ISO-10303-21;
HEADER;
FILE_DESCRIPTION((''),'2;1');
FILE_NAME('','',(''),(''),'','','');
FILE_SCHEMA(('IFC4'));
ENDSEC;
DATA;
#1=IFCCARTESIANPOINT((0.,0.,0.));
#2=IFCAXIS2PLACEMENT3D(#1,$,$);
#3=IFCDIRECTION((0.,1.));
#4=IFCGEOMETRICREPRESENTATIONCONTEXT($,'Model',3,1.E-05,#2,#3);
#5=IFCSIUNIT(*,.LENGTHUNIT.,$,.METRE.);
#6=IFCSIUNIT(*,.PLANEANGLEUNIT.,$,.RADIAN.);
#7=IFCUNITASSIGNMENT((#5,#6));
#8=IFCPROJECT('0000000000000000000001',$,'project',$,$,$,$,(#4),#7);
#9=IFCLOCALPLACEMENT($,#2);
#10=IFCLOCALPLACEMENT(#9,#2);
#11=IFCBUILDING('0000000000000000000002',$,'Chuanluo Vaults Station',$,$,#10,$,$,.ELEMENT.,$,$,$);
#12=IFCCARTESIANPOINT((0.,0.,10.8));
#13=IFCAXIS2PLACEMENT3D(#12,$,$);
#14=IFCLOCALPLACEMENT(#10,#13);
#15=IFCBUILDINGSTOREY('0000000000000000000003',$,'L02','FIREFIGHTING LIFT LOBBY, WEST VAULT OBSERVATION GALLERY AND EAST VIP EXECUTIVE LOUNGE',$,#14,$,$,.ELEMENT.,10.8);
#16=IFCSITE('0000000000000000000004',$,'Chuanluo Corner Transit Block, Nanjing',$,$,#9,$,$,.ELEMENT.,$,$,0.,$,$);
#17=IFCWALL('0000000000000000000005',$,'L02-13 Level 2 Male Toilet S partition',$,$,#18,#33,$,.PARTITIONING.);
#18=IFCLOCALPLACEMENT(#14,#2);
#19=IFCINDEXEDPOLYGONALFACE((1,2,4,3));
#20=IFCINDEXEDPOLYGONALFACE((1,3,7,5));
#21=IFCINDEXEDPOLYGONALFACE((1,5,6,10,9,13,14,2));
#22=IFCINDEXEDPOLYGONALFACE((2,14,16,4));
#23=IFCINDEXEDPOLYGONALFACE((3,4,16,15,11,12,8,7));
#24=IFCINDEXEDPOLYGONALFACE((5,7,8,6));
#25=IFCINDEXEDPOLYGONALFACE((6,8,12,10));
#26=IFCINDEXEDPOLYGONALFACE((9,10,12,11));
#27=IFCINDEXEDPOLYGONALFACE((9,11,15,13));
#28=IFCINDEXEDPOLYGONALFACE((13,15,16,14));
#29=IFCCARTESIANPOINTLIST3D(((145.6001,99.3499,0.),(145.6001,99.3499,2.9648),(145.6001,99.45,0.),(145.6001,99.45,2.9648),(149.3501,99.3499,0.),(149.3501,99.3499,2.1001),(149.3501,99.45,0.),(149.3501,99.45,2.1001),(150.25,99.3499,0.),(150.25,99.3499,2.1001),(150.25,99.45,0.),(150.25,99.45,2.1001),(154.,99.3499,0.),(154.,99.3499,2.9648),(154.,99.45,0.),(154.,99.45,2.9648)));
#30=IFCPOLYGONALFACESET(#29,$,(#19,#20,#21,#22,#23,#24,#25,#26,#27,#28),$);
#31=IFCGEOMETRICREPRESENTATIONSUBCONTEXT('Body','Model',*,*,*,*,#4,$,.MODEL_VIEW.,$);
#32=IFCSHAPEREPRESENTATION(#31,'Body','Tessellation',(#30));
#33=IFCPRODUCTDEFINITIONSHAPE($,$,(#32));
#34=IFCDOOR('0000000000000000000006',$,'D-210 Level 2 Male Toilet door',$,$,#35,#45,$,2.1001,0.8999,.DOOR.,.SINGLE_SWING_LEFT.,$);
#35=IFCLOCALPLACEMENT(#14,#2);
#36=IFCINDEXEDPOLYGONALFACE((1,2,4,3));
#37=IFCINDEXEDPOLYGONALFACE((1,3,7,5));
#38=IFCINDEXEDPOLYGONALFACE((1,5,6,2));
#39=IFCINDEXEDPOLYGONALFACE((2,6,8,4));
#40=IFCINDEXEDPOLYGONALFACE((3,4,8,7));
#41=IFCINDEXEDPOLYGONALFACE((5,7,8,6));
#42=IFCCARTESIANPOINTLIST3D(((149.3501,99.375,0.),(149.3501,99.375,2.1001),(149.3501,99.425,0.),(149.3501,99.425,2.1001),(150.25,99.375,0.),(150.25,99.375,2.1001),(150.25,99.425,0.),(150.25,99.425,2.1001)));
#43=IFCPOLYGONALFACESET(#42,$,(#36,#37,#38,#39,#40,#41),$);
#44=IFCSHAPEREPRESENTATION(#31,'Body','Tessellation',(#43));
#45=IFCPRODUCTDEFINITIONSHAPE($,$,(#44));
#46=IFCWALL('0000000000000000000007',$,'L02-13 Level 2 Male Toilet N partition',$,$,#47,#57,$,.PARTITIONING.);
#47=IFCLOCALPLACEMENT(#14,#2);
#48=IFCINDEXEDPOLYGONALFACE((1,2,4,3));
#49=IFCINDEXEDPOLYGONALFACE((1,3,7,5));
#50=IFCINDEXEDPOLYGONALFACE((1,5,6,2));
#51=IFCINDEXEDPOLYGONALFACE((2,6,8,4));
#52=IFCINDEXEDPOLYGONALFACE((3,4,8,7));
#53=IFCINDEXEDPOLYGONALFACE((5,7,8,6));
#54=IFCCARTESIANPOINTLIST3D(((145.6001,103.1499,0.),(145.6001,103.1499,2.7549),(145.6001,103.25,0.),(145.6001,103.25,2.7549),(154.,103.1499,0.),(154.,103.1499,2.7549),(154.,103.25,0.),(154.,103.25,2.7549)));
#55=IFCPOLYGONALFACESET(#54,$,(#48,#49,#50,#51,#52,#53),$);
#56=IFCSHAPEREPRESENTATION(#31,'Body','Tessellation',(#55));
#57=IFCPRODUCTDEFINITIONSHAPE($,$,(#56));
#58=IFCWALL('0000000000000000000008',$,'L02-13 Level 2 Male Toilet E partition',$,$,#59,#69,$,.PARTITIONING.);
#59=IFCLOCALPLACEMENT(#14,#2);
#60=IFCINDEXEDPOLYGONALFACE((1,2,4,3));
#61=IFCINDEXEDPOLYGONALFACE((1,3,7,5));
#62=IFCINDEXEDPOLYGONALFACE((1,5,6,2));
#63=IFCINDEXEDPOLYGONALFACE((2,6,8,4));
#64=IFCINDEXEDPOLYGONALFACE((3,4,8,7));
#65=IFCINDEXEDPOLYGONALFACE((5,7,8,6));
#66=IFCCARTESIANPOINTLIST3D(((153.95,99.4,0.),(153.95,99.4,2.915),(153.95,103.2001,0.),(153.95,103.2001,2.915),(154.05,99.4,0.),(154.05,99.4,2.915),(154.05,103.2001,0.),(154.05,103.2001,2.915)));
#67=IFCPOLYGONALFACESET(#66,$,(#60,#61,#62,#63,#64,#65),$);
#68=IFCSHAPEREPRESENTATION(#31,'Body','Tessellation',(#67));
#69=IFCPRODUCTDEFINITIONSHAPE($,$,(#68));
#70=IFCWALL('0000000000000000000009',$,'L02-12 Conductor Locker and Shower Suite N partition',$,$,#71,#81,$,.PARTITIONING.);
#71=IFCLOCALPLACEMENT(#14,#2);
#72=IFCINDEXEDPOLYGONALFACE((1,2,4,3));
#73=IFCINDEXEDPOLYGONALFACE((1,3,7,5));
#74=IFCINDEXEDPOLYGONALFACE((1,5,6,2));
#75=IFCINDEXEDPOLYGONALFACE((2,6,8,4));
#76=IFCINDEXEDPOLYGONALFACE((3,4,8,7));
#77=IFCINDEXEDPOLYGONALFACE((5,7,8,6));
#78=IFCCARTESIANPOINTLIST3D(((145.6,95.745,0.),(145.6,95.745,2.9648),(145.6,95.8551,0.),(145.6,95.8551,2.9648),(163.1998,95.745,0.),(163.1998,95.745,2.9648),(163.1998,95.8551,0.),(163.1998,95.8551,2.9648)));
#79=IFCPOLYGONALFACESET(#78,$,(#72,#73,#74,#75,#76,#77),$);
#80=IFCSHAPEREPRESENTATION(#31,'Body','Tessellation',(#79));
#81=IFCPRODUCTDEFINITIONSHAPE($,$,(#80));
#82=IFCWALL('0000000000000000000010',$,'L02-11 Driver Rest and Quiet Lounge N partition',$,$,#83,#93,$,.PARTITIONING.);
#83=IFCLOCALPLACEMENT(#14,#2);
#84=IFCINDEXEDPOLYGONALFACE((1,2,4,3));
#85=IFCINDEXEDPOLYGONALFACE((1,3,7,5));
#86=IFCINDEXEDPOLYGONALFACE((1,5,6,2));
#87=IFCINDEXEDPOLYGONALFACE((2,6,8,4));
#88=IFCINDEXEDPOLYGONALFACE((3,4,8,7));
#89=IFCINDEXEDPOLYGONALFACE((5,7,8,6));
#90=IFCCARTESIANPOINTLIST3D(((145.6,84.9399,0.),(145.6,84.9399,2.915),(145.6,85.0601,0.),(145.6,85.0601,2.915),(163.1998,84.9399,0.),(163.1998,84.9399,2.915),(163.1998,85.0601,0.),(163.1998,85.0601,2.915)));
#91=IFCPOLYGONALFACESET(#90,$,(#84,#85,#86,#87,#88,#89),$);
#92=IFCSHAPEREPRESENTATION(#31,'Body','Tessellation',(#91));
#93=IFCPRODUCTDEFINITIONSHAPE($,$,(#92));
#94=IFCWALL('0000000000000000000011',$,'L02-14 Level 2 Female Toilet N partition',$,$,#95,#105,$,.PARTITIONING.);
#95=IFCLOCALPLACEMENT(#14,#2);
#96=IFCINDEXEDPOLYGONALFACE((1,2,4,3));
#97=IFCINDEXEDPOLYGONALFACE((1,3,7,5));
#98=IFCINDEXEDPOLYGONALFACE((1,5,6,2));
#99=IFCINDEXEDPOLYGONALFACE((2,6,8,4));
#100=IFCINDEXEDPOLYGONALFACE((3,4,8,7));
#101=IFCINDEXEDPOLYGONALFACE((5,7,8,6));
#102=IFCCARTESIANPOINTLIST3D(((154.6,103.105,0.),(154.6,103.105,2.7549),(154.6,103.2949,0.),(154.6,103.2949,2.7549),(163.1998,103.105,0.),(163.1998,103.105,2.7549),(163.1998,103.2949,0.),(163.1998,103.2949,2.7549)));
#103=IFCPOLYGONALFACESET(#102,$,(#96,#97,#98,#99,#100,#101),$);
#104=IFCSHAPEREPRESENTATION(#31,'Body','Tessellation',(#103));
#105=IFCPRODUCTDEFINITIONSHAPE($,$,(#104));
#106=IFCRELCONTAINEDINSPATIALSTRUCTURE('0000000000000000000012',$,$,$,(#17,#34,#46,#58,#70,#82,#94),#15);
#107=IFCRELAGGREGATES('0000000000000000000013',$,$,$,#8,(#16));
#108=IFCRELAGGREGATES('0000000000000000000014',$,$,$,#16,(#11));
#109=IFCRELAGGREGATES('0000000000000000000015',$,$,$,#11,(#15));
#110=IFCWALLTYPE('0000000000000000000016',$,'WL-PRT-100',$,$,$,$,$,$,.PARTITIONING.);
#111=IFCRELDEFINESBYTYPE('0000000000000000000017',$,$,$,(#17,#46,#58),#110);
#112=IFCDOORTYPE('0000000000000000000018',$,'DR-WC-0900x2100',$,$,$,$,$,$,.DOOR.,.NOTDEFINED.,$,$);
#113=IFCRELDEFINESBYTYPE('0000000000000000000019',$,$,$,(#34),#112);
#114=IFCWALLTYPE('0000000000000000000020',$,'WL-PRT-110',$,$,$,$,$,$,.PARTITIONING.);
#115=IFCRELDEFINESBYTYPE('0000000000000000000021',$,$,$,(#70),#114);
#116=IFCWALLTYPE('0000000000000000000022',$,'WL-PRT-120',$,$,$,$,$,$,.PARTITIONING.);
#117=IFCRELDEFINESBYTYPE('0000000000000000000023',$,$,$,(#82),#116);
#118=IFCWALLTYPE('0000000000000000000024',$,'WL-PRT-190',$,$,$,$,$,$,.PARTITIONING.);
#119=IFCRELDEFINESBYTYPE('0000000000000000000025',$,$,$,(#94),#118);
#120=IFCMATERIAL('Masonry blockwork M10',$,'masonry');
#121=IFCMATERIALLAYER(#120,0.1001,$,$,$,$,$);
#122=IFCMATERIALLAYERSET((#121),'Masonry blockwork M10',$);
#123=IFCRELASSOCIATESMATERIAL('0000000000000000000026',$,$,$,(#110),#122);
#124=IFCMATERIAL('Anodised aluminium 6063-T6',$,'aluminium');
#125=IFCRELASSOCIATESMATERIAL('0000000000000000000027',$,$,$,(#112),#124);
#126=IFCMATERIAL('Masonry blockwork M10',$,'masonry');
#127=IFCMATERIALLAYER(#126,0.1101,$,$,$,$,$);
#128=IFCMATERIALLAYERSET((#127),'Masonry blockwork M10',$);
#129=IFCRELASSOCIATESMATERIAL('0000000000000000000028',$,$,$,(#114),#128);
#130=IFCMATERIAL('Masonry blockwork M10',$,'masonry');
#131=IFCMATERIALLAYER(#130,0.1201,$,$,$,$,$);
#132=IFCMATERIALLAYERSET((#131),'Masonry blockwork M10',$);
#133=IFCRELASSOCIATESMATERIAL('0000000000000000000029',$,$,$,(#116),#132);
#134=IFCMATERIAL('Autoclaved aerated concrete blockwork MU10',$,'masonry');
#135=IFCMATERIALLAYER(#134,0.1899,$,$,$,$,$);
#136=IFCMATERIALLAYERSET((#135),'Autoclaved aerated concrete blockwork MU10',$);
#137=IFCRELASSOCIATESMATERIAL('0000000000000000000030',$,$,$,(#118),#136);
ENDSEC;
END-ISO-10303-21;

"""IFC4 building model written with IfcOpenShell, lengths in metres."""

from ifc_helpers import new_model, si_unit, direction, frame, frame_2d, origin, place, context, subcontext, project, spatial, rectangle, extrude, material, layer, layer_set, type_object, element, fill, save


model = new_model("IFC4")

# Units and contexts
model_context = context("Model", 3, precision=1e-05, world=origin(), true_north=direction((0.0, 1.0)))
body_context = subcontext(model_context, "Body", "Model", "MODEL_VIEW")
ifc_project = project(units=[si_unit("LENGTHUNIT", "METRE"), si_unit("PLANEANGLEUNIT", "RADIAN")], contexts=[model_context])

# Site, building, storey
site_placement = place(None, origin())
site = spatial("IfcSite", under=ifc_project, at=site_placement, Name="Chuanluo Corner Transit Block, Nanjing", CompositionType="ELEMENT", RefElevation=0.0)
building_placement = place(site_placement, origin())
building = spatial("IfcBuilding", under=site, at=building_placement, Name="Chuanluo Vaults Station", CompositionType="ELEMENT")
storey_placement = place(building_placement, frame((0.0, 0.0, 10.8)))
storey = spatial("IfcBuildingStorey", under=building, at=storey_placement, Name="L02", Description="FIREFIGHTING LIFT LOBBY, WEST VAULT OBSERVATION GALLERY AND EAST VIP EXECUTIVE LOUNGE", CompositionType="ELEMENT", Elevation=10.8)

# Wall, opening, door
ifc_material_1 = material(Name="Masonry blockwork M10", Category="masonry")
ifc_layer_1 = layer(ifc_material_1, 0.1001)
ifc_layer_set_1 = layer_set([ifc_layer_1], Name="Masonry blockwork M10")
wall_type_1 = type_object("IfcWallType", Name="WL-PRT-100", PredefinedType="PARTITIONING", material=ifc_layer_set_1)
wall_1_placement = place(storey_placement, frame((154.0, 99.3999, 0.0), z_axis=(0.0, 0.0, 1.0), x_axis=(-1.0, 0.0, 0.0)))
wall_1 = element("IfcWall", 1, at=wall_1_placement, inside=storey, type_object=wall_type_1, Name="L02-13 Level 2 Male Toilet S partition", PredefinedType="PARTITIONING", context=body_context, shape_type="SweptSolid", body=[
    extrude(rectangle(XDim=8.3999, YDim=0.1001, at=frame_2d((4.2, 0.0))), origin(), (0.0, 0.0, 1.0), 2.9648),
])
opening_placement = place(wall_1_placement, frame((3.75, 0.0, 0.0)))
opening = element("IfcOpeningElement", 2, at=opening_placement, cuts=wall_1, PredefinedType="OPENING", context=body_context, shape_type="SweptSolid", body=[
    extrude(rectangle(XDim=0.8999, YDim=2.1001, at=frame_2d((0.45, 1.05))), frame((0.0, 0.06, 0.0), z_axis=(0.0, -1.0, 0.0), x_axis=(1.0, 0.0, 0.0)), (0.0, 0.0, 1.0), 0.1201),
])
ifc_material_2 = material(Name="Anodised aluminium 6063-T6", Category="aluminium")
door_type = type_object("IfcDoorType", Name="DR-WC-0900x2100", OperationType="NOTDEFINED", PredefinedType="DOOR", material=ifc_material_2)
door_placement = place(opening_placement, origin())
door = element("IfcDoor", 3, at=door_placement, inside=storey, type_object=door_type, Name="D-210 Level 2 Male Toilet door", OperationType="SINGLE_SWING_LEFT", OverallHeight=2.1001, OverallWidth=0.8999, PredefinedType="DOOR", context=body_context, shape_type="SweptSolid", body=[
    extrude(rectangle(XDim=0.8999, YDim=2.1001, at=frame_2d((0.45, 1.05))), frame((0.0, 0.0249, 0.0), z_axis=(0.0, -1.0, 0.0), x_axis=(1.0, 0.0, 0.0)), (0.0, 0.0, 1.0), 0.05),
])
fill(opening, door)

# Walls
wall_2_placement = place(storey_placement, frame((145.6001, 103.2, 0.0), z_axis=(0.0, 0.0, 1.0), x_axis=(1.0, 0.0, 0.0)))
element("IfcWall", 4, at=wall_2_placement, inside=storey, type_object=wall_type_1, Name="L02-13 Level 2 Male Toilet N partition", PredefinedType="PARTITIONING", context=body_context, shape_type="SweptSolid", body=[
    extrude(rectangle(XDim=8.3999, YDim=0.1001, at=frame_2d((4.2, 0.0))), origin(), (0.0, 0.0, 1.0), 2.7549),
])
wall_3_placement = place(storey_placement, frame((154.0, 103.2, 0.0), z_axis=(0.0, 0.0, 1.0), x_axis=(0.0, -1.0, 0.0)))
element("IfcWall", 5, at=wall_3_placement, inside=storey, type_object=wall_type_1, Name="L02-13 Level 2 Male Toilet E partition", PredefinedType="PARTITIONING", context=body_context, shape_type="SweptSolid", body=[
    extrude(rectangle(XDim=3.8, YDim=0.1001, at=frame_2d((1.8999, 0.0))), origin(), (0.0, 0.0, 1.0), 2.915),
])
ifc_material_3 = material(Name="Masonry blockwork M10", Category="masonry")
ifc_layer_2 = layer(ifc_material_3, 0.1101)
ifc_layer_set_2 = layer_set([ifc_layer_2], Name="Masonry blockwork M10")
wall_type_2 = type_object("IfcWallType", Name="WL-PRT-110", PredefinedType="PARTITIONING", material=ifc_layer_set_2)
wall_4_placement = place(storey_placement, frame((145.6001, 95.8, 0.0), z_axis=(0.0, 0.0, 1.0), x_axis=(1.0, 0.0, 0.0)))
element("IfcWall", 6, at=wall_4_placement, inside=storey, type_object=wall_type_2, Name="L02-12 Conductor Locker and Shower Suite N partition", PredefinedType="PARTITIONING", context=body_context, shape_type="SweptSolid", body=[
    extrude(rectangle(XDim=17.5999, YDim=0.1101, at=frame_2d((8.7998, 0.0))), origin(), (0.0, 0.0, 1.0), 2.9648),
])
ifc_material_4 = material(Name="Masonry blockwork M10", Category="masonry")
ifc_layer_3 = layer(ifc_material_4, 0.1201)
ifc_layer_set_3 = layer_set([ifc_layer_3], Name="Masonry blockwork M10")
wall_type_3 = type_object("IfcWallType", Name="WL-PRT-120", PredefinedType="PARTITIONING", material=ifc_layer_set_3)
wall_5_placement = place(storey_placement, frame((145.6001, 85.0, 0.0), z_axis=(0.0, 0.0, 1.0), x_axis=(1.0, 0.0, 0.0)))
element("IfcWall", 7, at=wall_5_placement, inside=storey, type_object=wall_type_3, Name="L02-11 Driver Rest and Quiet Lounge N partition", PredefinedType="PARTITIONING", context=body_context, shape_type="SweptSolid", body=[
    extrude(rectangle(XDim=17.5999, YDim=0.1201, at=frame_2d((8.7998, 0.0))), origin(), (0.0, 0.0, 1.0), 2.915),
])
ifc_material_5 = material(Name="Autoclaved aerated concrete blockwork MU10", Category="masonry")
ifc_layer_4 = layer(ifc_material_5, 0.1899)
ifc_layer_set_4 = layer_set([ifc_layer_4], Name="Autoclaved aerated concrete blockwork MU10")
wall_type_4 = type_object("IfcWallType", Name="WL-PRT-190", PredefinedType="PARTITIONING", material=ifc_layer_set_4)
wall_6_placement = place(storey_placement, frame((154.6001, 103.2, 0.0), z_axis=(0.0, 0.0, 1.0), x_axis=(1.0, 0.0, 0.0)))
element("IfcWall", 8, at=wall_6_placement, inside=storey, type_object=wall_type_4, Name="L02-14 Level 2 Female Toilet N partition", PredefinedType="PARTITIONING", context=body_context, shape_type="SweptSolid", body=[
    extrude(rectangle(XDim=8.5999, YDim=0.1899, at=frame_2d((4.2998, 0.0))), origin(), (0.0, 0.0, 1.0), 2.7549),
])

save(model, "model.ifc")
